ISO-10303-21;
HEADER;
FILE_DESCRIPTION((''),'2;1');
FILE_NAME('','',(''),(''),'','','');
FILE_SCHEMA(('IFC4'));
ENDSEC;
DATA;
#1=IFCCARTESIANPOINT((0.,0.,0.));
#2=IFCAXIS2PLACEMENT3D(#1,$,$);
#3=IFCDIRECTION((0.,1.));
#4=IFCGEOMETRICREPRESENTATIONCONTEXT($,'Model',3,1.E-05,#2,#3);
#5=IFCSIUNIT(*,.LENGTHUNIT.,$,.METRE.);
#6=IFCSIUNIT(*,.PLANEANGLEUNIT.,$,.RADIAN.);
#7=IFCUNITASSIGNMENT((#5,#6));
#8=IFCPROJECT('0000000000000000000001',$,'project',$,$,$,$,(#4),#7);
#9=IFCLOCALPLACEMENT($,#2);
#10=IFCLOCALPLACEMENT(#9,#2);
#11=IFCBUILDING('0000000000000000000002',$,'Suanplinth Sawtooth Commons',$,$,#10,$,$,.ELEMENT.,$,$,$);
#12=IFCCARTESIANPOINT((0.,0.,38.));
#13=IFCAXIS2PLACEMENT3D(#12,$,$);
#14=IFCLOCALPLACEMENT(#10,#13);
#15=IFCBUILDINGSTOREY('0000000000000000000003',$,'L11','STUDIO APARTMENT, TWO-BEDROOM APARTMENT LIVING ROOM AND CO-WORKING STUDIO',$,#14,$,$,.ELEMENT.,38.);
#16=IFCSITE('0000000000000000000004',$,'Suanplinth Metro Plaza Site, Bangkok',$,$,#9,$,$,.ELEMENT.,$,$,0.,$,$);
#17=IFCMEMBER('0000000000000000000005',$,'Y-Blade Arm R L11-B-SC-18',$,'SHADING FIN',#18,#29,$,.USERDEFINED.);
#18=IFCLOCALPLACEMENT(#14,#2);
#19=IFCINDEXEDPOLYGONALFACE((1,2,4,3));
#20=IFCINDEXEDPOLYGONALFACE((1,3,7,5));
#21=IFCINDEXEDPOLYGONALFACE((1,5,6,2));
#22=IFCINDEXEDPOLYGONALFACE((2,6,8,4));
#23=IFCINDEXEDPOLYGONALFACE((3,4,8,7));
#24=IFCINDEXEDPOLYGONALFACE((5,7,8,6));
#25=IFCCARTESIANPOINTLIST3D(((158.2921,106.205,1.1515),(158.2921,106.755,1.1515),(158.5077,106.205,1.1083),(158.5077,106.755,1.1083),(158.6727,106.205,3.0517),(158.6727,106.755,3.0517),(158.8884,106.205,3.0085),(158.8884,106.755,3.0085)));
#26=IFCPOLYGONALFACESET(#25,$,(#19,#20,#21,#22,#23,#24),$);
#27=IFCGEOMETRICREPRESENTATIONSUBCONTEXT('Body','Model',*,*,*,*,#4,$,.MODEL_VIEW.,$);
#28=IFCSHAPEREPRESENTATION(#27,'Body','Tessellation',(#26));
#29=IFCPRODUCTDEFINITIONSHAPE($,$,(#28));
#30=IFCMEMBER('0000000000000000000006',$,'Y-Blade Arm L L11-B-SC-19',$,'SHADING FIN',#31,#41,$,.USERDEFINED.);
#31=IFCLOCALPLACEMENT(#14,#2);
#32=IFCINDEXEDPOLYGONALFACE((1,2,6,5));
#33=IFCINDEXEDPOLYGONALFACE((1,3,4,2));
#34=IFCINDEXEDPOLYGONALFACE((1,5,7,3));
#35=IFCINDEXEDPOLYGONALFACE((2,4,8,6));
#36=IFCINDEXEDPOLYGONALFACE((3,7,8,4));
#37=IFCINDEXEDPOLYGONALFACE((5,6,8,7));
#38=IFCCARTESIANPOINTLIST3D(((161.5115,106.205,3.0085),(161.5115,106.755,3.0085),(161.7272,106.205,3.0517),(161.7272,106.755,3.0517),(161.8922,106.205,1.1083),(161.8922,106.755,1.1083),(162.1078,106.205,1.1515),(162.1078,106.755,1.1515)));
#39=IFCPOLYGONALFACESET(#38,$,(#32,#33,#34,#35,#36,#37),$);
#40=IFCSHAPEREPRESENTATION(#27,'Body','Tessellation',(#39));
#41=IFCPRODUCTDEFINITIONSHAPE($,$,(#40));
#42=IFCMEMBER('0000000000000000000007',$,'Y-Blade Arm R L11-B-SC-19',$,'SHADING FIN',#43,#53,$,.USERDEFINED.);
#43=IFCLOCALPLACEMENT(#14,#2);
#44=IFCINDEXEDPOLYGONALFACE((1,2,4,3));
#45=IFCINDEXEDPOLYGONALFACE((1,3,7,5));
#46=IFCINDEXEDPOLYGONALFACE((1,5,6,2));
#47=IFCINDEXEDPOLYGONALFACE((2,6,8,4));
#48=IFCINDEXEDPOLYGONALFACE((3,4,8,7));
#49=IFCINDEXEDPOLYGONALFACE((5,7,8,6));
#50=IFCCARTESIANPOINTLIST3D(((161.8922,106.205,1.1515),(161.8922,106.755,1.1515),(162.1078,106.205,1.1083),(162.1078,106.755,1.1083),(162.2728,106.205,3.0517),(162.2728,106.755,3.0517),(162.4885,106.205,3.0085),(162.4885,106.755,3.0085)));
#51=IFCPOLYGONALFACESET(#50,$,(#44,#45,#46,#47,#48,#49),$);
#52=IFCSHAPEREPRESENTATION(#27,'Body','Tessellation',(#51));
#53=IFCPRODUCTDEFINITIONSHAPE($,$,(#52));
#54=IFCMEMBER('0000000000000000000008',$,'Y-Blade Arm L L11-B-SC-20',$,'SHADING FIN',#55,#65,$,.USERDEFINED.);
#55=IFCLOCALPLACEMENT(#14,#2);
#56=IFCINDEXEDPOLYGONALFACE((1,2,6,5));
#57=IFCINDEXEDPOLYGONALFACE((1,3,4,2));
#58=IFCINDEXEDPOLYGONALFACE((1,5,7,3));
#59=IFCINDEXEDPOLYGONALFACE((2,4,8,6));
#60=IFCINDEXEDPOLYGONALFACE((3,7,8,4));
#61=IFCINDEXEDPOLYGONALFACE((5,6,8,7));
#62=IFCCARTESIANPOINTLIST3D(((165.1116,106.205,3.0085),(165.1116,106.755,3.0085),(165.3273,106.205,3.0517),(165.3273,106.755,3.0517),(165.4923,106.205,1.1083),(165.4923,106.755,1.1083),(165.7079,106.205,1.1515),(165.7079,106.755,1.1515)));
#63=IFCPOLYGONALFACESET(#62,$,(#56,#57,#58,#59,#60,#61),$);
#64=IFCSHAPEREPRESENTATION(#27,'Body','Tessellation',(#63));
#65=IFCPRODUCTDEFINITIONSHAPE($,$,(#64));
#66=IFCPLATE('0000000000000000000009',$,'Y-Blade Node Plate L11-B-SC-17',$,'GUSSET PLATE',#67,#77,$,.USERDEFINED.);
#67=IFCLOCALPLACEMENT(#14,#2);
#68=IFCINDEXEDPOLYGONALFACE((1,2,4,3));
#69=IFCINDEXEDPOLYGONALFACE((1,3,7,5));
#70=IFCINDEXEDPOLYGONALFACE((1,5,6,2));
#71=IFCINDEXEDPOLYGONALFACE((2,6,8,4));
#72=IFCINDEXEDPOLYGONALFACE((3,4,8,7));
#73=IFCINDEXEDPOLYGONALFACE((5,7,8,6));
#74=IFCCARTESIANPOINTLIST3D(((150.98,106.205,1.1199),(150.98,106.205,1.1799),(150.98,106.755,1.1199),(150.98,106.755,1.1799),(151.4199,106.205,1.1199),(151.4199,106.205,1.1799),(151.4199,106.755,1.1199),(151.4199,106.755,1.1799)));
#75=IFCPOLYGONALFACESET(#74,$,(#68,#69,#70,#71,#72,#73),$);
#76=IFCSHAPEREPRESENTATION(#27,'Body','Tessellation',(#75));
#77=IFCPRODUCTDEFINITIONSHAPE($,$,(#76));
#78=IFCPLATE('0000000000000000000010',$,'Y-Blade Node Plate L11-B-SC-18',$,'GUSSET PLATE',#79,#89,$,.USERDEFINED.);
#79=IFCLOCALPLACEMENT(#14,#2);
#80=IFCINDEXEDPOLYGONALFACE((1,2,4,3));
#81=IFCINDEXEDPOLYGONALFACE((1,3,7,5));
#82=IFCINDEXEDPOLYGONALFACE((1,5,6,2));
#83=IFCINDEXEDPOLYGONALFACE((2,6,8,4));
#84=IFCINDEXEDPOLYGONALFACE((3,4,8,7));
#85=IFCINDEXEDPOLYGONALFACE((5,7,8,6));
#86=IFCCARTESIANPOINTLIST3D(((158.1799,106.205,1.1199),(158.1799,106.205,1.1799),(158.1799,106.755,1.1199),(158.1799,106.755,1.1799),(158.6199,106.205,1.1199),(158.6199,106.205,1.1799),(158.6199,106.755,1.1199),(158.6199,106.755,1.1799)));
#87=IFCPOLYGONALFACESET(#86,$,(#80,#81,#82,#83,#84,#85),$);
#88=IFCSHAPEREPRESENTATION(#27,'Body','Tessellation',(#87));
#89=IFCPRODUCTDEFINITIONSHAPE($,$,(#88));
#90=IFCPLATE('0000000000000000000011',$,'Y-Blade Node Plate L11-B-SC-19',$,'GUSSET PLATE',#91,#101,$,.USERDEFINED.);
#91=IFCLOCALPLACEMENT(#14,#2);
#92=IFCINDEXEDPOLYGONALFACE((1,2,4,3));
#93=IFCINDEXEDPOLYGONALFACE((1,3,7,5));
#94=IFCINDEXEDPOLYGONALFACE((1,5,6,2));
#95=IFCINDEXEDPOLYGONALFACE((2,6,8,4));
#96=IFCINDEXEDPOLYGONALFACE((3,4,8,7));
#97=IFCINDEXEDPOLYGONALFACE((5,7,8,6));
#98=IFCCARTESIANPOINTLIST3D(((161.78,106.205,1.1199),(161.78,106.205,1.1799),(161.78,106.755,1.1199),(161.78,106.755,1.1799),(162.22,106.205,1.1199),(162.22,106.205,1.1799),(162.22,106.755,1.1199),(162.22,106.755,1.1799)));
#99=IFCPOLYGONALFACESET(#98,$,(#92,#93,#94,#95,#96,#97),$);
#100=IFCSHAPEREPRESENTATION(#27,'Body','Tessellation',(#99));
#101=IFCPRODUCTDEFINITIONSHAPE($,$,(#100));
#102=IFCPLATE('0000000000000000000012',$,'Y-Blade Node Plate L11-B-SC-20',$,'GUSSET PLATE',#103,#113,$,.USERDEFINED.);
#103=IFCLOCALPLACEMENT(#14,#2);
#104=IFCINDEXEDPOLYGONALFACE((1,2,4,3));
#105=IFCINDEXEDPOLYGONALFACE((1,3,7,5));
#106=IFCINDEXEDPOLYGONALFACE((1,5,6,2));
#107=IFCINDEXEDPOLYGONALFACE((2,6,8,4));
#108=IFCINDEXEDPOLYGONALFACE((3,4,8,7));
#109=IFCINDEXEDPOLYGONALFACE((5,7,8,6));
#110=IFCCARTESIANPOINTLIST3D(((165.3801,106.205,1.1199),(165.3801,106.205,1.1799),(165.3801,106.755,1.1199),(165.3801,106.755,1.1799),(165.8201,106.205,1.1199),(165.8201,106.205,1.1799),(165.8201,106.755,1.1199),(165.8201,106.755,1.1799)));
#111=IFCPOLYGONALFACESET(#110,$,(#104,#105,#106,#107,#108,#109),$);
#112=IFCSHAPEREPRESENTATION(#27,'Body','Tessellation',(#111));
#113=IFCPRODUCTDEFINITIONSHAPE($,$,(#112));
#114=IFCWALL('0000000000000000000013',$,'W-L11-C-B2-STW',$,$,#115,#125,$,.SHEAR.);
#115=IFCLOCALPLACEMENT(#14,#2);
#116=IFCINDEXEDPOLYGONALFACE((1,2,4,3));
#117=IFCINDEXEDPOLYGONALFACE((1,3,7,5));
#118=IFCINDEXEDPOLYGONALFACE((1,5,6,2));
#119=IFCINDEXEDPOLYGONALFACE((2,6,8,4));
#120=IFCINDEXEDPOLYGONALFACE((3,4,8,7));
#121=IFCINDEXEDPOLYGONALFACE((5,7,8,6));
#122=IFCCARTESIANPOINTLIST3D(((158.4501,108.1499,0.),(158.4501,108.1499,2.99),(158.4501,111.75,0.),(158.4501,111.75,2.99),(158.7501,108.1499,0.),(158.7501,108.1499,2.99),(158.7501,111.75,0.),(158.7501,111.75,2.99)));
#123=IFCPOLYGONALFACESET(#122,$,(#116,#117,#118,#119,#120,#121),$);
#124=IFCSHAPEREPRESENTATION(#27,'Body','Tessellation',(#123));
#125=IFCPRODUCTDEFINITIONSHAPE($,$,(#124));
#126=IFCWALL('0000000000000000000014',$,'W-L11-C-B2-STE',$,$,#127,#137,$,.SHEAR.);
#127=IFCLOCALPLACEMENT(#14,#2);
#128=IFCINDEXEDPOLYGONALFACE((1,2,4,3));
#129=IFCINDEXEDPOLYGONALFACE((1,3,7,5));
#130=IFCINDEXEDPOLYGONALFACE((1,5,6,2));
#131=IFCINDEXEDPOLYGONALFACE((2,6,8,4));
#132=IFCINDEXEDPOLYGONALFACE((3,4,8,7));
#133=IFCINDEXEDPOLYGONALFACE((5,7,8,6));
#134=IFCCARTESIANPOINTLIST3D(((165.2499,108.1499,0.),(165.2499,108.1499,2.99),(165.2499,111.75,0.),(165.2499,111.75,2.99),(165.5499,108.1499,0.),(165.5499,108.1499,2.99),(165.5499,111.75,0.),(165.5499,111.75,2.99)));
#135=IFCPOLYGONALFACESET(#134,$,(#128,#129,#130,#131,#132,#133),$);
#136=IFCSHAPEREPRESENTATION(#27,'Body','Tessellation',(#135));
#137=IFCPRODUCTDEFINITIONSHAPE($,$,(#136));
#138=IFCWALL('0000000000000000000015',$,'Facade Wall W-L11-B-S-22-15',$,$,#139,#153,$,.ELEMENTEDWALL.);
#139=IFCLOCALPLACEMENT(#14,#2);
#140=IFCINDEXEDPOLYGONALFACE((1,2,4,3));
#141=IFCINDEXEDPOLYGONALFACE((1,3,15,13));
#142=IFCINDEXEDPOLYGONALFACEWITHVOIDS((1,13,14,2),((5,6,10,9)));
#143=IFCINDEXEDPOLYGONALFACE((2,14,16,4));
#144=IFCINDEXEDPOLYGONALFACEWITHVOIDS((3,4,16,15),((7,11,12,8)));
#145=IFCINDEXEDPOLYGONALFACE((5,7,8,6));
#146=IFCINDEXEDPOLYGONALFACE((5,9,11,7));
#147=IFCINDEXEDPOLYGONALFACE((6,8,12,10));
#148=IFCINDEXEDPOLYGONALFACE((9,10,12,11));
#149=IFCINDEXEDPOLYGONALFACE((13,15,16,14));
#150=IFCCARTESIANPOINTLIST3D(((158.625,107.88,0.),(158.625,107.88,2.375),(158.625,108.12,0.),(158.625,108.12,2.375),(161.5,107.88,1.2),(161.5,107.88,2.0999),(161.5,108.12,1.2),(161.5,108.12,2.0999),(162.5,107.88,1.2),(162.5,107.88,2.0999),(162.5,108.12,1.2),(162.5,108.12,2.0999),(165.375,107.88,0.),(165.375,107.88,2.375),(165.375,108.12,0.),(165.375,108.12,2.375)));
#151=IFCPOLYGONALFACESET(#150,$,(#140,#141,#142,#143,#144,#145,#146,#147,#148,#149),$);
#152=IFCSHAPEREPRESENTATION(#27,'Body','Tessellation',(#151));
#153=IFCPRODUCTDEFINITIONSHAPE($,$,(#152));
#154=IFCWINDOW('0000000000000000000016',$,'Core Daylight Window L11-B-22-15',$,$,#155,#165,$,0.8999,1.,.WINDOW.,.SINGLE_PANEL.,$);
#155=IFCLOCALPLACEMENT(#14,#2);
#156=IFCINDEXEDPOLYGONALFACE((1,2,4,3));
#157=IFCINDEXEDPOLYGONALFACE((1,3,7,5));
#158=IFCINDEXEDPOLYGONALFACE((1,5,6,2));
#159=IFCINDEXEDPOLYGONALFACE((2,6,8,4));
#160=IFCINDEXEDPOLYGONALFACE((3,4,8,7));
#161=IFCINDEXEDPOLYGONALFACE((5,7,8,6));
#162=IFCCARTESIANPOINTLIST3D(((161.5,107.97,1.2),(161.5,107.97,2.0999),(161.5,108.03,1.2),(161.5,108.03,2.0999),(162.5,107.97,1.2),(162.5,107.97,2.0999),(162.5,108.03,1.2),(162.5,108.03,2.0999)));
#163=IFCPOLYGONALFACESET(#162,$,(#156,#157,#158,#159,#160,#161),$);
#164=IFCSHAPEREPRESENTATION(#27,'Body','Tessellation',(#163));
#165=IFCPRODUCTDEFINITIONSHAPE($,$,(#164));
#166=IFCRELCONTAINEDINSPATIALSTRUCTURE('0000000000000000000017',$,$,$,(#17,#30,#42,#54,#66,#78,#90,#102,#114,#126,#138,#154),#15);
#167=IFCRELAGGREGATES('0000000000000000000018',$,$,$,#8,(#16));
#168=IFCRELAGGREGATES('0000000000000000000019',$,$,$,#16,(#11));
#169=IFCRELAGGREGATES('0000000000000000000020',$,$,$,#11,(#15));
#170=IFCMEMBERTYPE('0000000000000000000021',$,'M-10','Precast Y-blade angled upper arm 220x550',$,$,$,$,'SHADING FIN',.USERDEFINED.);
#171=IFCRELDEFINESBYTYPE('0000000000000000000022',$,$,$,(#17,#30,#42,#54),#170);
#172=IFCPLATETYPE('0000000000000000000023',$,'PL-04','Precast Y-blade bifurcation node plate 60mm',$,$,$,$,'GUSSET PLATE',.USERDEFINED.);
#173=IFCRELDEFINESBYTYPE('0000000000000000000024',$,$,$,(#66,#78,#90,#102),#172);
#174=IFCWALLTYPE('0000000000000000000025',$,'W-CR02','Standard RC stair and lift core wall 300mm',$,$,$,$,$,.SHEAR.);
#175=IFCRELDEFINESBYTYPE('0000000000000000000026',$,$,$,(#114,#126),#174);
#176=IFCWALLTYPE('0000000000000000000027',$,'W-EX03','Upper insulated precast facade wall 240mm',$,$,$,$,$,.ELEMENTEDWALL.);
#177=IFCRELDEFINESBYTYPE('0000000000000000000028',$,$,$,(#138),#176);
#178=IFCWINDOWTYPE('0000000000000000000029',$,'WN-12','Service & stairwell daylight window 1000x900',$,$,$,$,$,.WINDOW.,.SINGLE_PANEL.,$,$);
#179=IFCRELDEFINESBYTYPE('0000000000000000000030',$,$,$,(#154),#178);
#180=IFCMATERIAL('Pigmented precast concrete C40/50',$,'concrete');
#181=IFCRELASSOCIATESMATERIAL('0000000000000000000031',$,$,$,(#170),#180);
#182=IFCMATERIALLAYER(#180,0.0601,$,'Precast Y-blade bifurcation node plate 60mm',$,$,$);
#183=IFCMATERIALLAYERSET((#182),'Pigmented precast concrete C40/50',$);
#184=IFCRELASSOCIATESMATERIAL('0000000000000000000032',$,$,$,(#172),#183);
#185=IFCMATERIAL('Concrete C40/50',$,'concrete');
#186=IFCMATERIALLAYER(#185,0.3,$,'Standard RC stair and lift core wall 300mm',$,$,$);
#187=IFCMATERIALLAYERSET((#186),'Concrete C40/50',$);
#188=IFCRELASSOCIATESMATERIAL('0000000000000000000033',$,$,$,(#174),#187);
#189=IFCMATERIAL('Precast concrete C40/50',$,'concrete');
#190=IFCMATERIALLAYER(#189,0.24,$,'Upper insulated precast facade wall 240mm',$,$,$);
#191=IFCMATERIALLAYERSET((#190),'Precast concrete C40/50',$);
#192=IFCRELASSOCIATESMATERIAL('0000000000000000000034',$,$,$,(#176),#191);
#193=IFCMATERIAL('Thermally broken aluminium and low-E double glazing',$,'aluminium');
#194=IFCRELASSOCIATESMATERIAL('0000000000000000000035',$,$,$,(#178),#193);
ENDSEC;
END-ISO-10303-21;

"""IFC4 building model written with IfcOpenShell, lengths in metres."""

from ifc_helpers import new_model, si_unit, direction, frame, frame_2d, origin, origin_2d, place, context, subcontext, project, spatial, rectangle, extrude, material, layer, layer_set, material_profile, profile_set, type_object, element, fill, save


model = new_model("IFC4")

# Units and contexts
model_context = context("Model", 3, precision=1e-05, world=origin(), true_north=direction((0.0, 1.0)))
body_context = subcontext(model_context, "Body", "Model", "MODEL_VIEW")
ifc_project = project(units=[si_unit("LENGTHUNIT", "METRE"), si_unit("PLANEANGLEUNIT", "RADIAN")], contexts=[model_context])

# Site, building, storey
site_placement = place(None, origin())
site = spatial("IfcSite", under=ifc_project, at=site_placement, Name="Suanplinth Metro Plaza Site, Bangkok", CompositionType="ELEMENT", RefElevation=0.0)
building_placement = place(site_placement, origin())
building = spatial("IfcBuilding", under=site, at=building_placement, Name="Suanplinth Sawtooth Commons", CompositionType="ELEMENT")
storey_placement = place(building_placement, frame((0.0, 0.0, 38.0)))
storey = spatial("IfcBuildingStorey", under=building, at=storey_placement, Name="L11", Description="STUDIO APARTMENT, TWO-BEDROOM APARTMENT LIVING ROOM AND CO-WORKING STUDIO", CompositionType="ELEMENT", Elevation=38.0)

# Shared definitions
ifc_material_1 = material(Name="Precast concrete C40/50", Category="concrete")

# Members
ifc_material_2 = material(Name="Pigmented precast concrete C40/50", Category="concrete")
ifc_material_profile_1 = material_profile(ifc_material_2, rectangle(XDim=0.22, YDim=0.55, at=origin_2d()), Name="PC-FIN 220x550")
ifc_profile_set_1 = profile_set([ifc_material_profile_1], Name="Pigmented precast concrete C40/50")
member_type_1 = type_object("IfcMemberType", Name="M-10", Description="Precast Y-blade angled upper arm 220x550", ElementType="SHADING FIN", PredefinedType="USERDEFINED", material=ifc_profile_set_1)
for number, where, z_axis, x_axis, name in (
    (1, (158.3999, 106.48, 1.1299), (0.196407, 0.0, 0.980522), (-0.980522, 0.0, 0.196407), "Y-Blade Arm R L11-B-SC-18"),
    (2, (162.0, 106.48, 1.1299), (-0.196407, 0.0, 0.980522), (0.980522, 0.0, 0.196407), "Y-Blade Arm L L11-B-SC-19"),
    (3, (162.0, 106.48, 1.1299), (0.196407, 0.0, 0.980522), (-0.980522, 0.0, 0.196407), "Y-Blade Arm R L11-B-SC-19"),
    (4, (165.6001, 106.48, 1.1299), (-0.196407, 0.0, 0.980522), (0.980522, 0.0, 0.196407), "Y-Blade Arm L L11-B-SC-20"),
):
    element("IfcMember", number, at=place(storey_placement, frame(where, z_axis=z_axis, x_axis=x_axis)), inside=storey, type_object=member_type_1, Name=name, ObjectType="SHADING FIN", PredefinedType="USERDEFINED", context=body_context, shape_type="SweptSolid", body=[
        extrude(rectangle(XDim=0.22, YDim=0.55, at=origin_2d()), origin(), (0.0, 0.0, 1.0), 1.938),
    ])

# Plates
ifc_layer_1 = layer(ifc_material_2, 0.0601, Name="Precast Y-blade bifurcation node plate 60mm")
ifc_layer_set_1 = layer_set([ifc_layer_1], Name="Pigmented precast concrete C40/50")
plate_type = type_object("IfcPlateType", Name="PL-04", Description="Precast Y-blade bifurcation node plate 60mm", ElementType="GUSSET PLATE", PredefinedType="USERDEFINED", material=ifc_layer_set_1)
for number, where, z_axis, x_axis, name in (
    (5, (151.2, 106.48, 1.1199), (0.0, 0.0, 1.0), (1.0, 0.0, 0.0), "Y-Blade Node Plate L11-B-SC-17"),
    (6, (158.3999, 106.48, 1.1199), (0.0, 0.0, 1.0), (1.0, 0.0, 0.0), "Y-Blade Node Plate L11-B-SC-18"),
    (7, (162.0, 106.48, 1.1199), (0.0, 0.0, 1.0), (1.0, 0.0, 0.0), "Y-Blade Node Plate L11-B-SC-19"),
    (8, (165.6001, 106.48, 1.1199), (0.0, 0.0, 1.0), (1.0, 0.0, 0.0), "Y-Blade Node Plate L11-B-SC-20"),
):
    element("IfcPlate", number, at=place(storey_placement, frame(where, z_axis=z_axis, x_axis=x_axis)), inside=storey, type_object=plate_type, Name=name, ObjectType="GUSSET PLATE", PredefinedType="USERDEFINED", context=body_context, shape_type="SweptSolid", body=[
        extrude(rectangle(XDim=0.4399, YDim=0.55, at=origin_2d()), origin(), (0.0, 0.0, 1.0), 0.0601),
    ])

# Walls
ifc_material_3 = material(Name="Concrete C40/50", Category="concrete")
ifc_layer_2 = layer(ifc_material_3, 0.3, Name="Standard RC stair and lift core wall 300mm")
ifc_layer_set_2 = layer_set([ifc_layer_2], Name="Concrete C40/50")
wall_type_1 = type_object("IfcWallType", Name="W-CR02", Description="Standard RC stair and lift core wall 300mm", PredefinedType="SHEAR", material=ifc_layer_set_2)
for number, where, z_axis, x_axis, name in (
    (9, (158.6001, 108.1499, 0.0), (0.0, 0.0, 1.0), (0.0, 1.0, 0.0), "W-L11-C-B2-STW"),
    (10, (165.3999, 108.1499, 0.0), (0.0, 0.0, 1.0), (0.0, 1.0, 0.0), "W-L11-C-B2-STE"),
):
    element("IfcWall", number, at=place(storey_placement, frame(where, z_axis=z_axis, x_axis=x_axis)), inside=storey, type_object=wall_type_1, Name=name, PredefinedType="SHEAR", context=body_context, shape_type="SweptSolid", body=[
        extrude(rectangle(XDim=3.6001, YDim=0.3, at=frame_2d((1.8, 0.0))), origin(), (0.0, 0.0, 1.0), 2.99),
    ])

# Shared definitions
ifc_layer_3 = layer(ifc_material_1, 0.24, Name="Upper insulated precast facade wall 240mm")
ifc_layer_set_3 = layer_set([ifc_layer_3], Name="Precast concrete C40/50")
wall_type_2 = type_object("IfcWallType", Name="W-EX03", Description="Upper insulated precast facade wall 240mm", PredefinedType="ELEMENTEDWALL", material=ifc_layer_set_3)
ifc_material_4 = material(Name="Thermally broken aluminium and low-E double glazing", Category="aluminium")

# Wall, opening, window
wall_1_placement = place(storey_placement, frame((158.625, 108.0, 0.0), z_axis=(0.0, 0.0, 1.0), x_axis=(1.0, 0.0, 0.0)))
wall_1 = element("IfcWall", 11, at=wall_1_placement, inside=storey, type_object=wall_type_2, Name="Facade Wall W-L11-B-S-22-15", PredefinedType="ELEMENTEDWALL", context=body_context, shape_type="SweptSolid", body=[
    extrude(rectangle(XDim=6.75, YDim=0.24, at=frame_2d((3.375, 0.0))), origin(), (0.0, 0.0, 1.0), 2.375),
])
opening_1_placement = place(wall_1_placement, frame((2.875, 0.0, 1.2)))
opening_1 = element("IfcOpeningElement", 12, at=opening_1_placement, cuts=wall_1, PredefinedType="OPENING", context=body_context, shape_type="SweptSolid", body=[
    extrude(rectangle(XDim=1.0, YDim=0.8999, at=frame_2d((0.5, 0.45))), frame((0.0, 0.1348, 0.0), z_axis=(0.0, -1.0, 0.0), x_axis=(1.0, 0.0, 0.0)), (0.0, 0.0, 1.0), 0.2698),
])
window_type_1 = type_object("IfcWindowType", Name="WN-12", Description="Service & stairwell daylight window 1000x900", PartitioningType="SINGLE_PANEL", PredefinedType="WINDOW", material=ifc_material_4)
window_1_placement = place(opening_1_placement, origin())
window_1 = element("IfcWindow", 13, at=window_1_placement, inside=storey, type_object=window_type_1, Name="Core Daylight Window L11-B-22-15", OverallHeight=0.8999, OverallWidth=1.0, PartitioningType="SINGLE_PANEL", PredefinedType="WINDOW", context=body_context, shape_type="SweptSolid", body=[
    extrude(rectangle(XDim=1.0, YDim=0.8999, at=frame_2d((0.5, 0.45))), frame((0.0, 0.03, 0.0), z_axis=(0.0, -1.0, 0.0), x_axis=(1.0, 0.0, 0.0)), (0.0, 0.0, 1.0), 0.0601),
])
fill(opening_1, window_1)

save(model, "model.ifc")
